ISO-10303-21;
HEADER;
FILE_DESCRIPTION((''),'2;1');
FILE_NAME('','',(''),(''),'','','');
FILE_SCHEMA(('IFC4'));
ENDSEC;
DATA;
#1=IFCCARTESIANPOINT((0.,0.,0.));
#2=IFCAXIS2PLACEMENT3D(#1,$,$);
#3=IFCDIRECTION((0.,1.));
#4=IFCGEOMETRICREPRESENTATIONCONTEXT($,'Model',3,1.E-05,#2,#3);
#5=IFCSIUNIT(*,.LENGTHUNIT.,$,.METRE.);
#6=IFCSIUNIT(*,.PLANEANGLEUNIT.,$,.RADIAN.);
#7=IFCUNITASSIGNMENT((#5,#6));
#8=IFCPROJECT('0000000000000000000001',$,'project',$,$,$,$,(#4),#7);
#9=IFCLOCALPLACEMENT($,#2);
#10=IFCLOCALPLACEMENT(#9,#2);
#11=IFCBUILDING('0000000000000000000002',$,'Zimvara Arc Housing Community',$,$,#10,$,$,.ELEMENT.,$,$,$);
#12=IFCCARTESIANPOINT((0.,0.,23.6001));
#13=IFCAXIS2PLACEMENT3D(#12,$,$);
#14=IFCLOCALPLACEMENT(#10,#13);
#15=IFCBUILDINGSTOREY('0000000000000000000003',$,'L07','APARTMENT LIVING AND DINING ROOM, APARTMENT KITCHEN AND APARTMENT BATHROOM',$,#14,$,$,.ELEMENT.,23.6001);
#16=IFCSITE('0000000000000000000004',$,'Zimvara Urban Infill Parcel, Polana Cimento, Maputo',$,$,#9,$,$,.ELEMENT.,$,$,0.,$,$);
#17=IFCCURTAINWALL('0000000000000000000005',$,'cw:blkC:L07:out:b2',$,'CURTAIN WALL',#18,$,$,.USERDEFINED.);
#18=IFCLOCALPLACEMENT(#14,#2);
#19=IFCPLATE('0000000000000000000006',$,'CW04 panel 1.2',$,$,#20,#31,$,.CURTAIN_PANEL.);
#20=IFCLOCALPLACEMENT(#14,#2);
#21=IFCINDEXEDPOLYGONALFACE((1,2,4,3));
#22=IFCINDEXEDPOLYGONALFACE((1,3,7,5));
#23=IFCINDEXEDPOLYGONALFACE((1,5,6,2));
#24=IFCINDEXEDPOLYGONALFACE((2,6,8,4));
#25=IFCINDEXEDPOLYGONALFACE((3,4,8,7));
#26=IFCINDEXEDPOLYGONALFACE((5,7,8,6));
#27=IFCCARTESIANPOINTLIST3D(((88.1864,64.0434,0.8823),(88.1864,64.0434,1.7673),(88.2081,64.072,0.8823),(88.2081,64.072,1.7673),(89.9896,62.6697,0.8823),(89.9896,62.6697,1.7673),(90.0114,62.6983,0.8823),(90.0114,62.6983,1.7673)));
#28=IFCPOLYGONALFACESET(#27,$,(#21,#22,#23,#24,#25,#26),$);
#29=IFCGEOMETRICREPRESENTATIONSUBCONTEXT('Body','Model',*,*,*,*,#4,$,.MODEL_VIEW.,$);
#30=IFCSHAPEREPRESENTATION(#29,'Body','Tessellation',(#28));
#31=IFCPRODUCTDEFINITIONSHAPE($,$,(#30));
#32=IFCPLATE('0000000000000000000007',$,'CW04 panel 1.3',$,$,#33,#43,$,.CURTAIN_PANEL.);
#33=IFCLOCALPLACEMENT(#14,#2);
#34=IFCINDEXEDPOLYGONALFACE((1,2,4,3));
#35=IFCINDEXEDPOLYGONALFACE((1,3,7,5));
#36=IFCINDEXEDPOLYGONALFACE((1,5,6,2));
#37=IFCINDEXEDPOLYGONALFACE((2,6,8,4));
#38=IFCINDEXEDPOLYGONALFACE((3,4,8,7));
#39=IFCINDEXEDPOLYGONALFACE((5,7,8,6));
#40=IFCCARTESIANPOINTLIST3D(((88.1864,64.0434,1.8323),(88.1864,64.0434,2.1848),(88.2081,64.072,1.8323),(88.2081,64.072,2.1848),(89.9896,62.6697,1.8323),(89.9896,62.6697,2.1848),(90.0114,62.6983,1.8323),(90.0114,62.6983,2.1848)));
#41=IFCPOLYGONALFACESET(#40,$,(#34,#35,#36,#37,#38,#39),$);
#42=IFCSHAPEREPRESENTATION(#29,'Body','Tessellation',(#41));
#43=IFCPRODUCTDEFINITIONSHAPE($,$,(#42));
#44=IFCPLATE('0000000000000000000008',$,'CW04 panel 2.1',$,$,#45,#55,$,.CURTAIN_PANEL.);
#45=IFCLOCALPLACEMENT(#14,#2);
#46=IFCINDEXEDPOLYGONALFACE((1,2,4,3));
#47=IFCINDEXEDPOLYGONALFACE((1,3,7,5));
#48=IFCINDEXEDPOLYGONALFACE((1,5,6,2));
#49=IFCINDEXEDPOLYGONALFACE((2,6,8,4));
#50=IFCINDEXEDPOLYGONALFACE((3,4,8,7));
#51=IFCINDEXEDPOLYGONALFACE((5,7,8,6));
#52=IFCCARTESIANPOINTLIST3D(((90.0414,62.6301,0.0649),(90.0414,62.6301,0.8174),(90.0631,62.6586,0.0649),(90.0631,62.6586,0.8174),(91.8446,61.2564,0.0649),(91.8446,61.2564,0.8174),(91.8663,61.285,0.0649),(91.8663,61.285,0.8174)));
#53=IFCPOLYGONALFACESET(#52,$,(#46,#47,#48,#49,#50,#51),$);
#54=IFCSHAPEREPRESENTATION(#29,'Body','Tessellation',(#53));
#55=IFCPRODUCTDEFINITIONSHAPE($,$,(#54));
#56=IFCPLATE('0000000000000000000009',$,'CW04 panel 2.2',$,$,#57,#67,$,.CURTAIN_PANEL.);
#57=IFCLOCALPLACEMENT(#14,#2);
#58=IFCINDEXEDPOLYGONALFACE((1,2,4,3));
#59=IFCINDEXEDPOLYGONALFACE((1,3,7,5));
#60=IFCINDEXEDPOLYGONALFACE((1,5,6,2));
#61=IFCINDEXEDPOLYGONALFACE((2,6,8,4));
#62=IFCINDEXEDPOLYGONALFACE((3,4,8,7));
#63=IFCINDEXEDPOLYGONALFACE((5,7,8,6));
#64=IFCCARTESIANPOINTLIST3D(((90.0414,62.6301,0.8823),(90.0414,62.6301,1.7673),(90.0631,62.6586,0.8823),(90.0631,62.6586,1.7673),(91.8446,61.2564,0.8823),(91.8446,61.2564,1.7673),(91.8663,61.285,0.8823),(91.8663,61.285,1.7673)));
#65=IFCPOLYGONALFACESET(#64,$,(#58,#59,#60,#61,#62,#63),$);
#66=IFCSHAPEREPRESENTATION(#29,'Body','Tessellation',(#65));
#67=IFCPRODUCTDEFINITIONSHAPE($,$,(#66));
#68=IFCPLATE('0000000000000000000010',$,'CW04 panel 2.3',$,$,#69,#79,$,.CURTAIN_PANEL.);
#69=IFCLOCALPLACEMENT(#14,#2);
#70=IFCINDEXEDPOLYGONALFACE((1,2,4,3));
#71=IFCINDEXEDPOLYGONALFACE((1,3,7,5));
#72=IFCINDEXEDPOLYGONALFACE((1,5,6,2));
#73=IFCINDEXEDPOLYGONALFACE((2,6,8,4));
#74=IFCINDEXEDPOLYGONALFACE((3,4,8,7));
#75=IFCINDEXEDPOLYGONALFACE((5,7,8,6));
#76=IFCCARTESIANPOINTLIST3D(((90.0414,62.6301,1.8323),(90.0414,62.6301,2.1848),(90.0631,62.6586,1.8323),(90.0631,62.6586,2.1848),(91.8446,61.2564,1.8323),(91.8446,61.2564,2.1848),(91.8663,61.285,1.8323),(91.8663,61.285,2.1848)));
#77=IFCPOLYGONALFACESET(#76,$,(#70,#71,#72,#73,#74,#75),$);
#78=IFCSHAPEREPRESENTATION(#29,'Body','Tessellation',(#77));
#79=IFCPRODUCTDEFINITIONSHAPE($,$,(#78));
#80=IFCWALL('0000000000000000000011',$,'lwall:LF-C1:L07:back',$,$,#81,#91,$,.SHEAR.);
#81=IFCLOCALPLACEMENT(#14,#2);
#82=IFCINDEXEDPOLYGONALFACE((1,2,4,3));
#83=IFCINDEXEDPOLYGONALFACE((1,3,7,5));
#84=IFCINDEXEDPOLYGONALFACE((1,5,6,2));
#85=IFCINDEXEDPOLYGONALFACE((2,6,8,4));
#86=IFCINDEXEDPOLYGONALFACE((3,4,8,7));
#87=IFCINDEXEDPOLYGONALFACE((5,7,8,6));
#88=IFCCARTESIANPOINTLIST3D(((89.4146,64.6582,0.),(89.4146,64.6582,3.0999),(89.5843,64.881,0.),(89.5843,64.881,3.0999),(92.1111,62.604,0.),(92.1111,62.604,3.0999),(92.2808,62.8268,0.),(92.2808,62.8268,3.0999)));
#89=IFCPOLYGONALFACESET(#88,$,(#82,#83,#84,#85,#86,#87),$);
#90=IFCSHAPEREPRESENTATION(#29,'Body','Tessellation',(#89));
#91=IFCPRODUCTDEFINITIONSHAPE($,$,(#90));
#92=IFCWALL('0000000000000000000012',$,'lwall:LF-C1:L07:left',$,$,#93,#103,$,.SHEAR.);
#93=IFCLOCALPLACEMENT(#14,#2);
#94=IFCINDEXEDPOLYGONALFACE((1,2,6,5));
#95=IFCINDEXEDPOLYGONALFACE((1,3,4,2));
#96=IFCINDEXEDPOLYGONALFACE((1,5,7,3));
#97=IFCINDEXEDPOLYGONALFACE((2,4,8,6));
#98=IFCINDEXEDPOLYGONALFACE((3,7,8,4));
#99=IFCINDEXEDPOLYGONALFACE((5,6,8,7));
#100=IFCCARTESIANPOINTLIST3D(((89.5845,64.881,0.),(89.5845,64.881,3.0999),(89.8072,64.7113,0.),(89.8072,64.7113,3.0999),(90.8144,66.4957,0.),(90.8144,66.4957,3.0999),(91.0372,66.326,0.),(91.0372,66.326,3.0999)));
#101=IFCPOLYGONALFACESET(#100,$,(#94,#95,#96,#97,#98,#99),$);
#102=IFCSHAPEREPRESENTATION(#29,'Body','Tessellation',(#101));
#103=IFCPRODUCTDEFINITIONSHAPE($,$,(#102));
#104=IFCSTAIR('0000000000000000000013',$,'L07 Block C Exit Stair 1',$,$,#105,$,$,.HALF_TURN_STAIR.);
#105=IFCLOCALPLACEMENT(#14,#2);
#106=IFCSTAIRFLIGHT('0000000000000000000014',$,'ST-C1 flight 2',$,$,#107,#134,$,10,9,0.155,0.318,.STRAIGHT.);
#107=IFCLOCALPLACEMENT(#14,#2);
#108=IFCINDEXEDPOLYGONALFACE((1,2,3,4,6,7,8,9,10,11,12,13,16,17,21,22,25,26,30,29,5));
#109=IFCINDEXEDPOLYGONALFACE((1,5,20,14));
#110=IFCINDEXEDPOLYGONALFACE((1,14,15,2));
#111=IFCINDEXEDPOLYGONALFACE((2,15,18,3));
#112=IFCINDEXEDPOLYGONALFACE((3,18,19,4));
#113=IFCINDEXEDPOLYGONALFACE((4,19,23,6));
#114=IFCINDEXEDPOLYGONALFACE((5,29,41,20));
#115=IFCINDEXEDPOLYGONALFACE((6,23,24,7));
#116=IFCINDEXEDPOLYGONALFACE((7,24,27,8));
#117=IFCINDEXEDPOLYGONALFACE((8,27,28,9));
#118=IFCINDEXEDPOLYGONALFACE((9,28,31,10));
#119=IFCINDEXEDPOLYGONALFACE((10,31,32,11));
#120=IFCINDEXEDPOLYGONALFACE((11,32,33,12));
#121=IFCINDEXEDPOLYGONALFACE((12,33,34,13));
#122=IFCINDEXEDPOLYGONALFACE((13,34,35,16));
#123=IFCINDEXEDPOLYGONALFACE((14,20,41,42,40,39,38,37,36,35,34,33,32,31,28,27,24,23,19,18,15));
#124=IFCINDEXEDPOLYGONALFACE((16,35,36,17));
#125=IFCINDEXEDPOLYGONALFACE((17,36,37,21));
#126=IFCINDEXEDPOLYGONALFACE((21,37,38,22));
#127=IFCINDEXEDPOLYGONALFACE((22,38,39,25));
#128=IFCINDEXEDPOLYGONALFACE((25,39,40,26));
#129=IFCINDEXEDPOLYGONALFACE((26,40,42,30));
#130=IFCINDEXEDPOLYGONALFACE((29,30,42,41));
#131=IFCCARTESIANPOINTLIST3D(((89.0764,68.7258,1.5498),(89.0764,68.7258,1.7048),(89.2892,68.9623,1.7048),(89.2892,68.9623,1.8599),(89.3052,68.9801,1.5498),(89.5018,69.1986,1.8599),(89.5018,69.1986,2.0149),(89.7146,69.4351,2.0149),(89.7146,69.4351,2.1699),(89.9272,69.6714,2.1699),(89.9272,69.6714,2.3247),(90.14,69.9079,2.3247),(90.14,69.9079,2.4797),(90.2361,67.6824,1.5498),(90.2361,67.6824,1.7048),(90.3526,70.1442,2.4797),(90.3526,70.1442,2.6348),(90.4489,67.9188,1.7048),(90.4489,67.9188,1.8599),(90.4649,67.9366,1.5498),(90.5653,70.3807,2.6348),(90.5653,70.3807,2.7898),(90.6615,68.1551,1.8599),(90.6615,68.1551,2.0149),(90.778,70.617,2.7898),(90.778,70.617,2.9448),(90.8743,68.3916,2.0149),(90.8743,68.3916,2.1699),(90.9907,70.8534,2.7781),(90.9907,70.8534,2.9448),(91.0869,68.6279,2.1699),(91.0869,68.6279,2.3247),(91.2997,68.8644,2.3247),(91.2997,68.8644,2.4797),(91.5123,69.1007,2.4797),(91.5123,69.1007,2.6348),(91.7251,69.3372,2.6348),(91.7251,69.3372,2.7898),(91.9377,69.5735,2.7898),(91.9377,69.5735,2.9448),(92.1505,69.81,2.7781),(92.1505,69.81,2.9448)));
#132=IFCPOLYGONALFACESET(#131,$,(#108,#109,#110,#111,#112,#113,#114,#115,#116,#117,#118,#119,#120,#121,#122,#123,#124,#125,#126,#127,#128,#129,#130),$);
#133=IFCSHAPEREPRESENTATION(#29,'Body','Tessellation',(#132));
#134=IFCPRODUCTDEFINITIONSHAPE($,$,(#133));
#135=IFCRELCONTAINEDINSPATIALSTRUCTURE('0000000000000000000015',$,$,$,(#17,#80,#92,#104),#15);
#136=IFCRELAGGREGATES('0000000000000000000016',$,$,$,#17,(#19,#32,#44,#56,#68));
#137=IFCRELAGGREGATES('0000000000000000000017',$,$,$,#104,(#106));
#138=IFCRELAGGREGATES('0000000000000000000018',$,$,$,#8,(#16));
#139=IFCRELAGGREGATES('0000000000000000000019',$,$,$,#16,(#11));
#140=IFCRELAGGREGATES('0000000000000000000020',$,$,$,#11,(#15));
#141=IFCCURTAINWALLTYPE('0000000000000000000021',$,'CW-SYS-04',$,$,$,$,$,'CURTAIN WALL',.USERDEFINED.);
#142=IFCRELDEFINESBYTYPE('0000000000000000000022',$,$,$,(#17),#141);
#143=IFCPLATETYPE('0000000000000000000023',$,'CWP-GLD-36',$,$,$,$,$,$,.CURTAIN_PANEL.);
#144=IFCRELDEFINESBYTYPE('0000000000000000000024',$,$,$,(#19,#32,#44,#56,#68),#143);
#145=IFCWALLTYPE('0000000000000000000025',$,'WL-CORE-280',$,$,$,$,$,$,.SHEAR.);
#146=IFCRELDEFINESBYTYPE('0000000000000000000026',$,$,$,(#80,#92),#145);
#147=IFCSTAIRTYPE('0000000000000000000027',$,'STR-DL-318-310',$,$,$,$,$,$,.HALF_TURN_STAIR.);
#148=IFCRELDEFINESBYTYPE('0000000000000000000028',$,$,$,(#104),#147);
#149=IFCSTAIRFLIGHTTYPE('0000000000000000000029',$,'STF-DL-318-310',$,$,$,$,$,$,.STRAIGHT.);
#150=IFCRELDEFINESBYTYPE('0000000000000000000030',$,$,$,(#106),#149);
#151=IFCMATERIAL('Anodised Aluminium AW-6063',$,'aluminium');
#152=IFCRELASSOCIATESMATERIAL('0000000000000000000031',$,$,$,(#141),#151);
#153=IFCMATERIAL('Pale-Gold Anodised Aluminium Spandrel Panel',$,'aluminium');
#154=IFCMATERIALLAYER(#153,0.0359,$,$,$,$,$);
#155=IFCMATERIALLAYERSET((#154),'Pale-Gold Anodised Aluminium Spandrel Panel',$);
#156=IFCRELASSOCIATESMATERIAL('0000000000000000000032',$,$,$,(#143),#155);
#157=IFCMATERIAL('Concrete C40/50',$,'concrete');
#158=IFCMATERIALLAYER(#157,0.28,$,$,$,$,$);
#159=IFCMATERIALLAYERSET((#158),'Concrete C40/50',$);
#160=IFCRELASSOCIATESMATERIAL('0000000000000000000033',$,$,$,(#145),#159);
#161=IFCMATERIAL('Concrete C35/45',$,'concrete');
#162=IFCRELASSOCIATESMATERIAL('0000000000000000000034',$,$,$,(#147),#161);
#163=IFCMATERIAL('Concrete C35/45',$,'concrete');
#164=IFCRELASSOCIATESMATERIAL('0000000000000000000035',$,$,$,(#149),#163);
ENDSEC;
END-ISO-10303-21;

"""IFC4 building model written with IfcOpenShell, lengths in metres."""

from ifc_helpers import new_model, si_unit, direction, frame, frame_2d, origin, origin_2d, place, context, subcontext, project, spatial, polyline, rectangle, outline, extrude, material, layer, layer_set, type_object, element, aggregate, save


model = new_model("IFC4")

# Units and contexts
model_context = context("Model", 3, precision=1e-05, world=origin(), true_north=direction((0.0, 1.0)))
body_context = subcontext(model_context, "Body", "Model", "MODEL_VIEW")
ifc_project = project(units=[si_unit("LENGTHUNIT", "METRE"), si_unit("PLANEANGLEUNIT", "RADIAN")], contexts=[model_context])

# Site, building, storey
site_placement = place(None, origin())
site = spatial("IfcSite", under=ifc_project, at=site_placement, Name="Zimvara Urban Infill Parcel, Polana Cimento, Maputo", CompositionType="ELEMENT", RefElevation=0.0)
building_placement = place(site_placement, origin())
building = spatial("IfcBuilding", under=site, at=building_placement, Name="Zimvara Arc Housing Community", CompositionType="ELEMENT")
storey_placement = place(building_placement, frame((0.0, 0.0, 23.6001)))
storey = spatial("IfcBuildingStorey", under=building, at=storey_placement, Name="L07", Description="APARTMENT LIVING AND DINING ROOM, APARTMENT KITCHEN AND APARTMENT BATHROOM", CompositionType="ELEMENT", Elevation=23.6001)

# Curtain wall, plates
ifc_material_1 = material(Name="Anodised Aluminium AW-6063", Category="aluminium")
curtain_wall_type = type_object("IfcCurtainWallType", Name="CW-SYS-04", ElementType="CURTAIN WALL", PredefinedType="USERDEFINED", material=ifc_material_1)
curtain_wall_placement = place(storey_placement, origin())
curtain_wall = element("IfcCurtainWall", 1, at=curtain_wall_placement, inside=storey, type_object=curtain_wall_type, Name="cw:blkC:L07:out:b2", ObjectType="CURTAIN WALL", PredefinedType="USERDEFINED")
ifc_material_2 = material(Name="Pale-Gold Anodised Aluminium Spandrel Panel", Category="aluminium")
ifc_layer_1 = layer(ifc_material_2, 0.0359)
ifc_layer_set_1 = layer_set([ifc_layer_1], Name="Pale-Gold Anodised Aluminium Spandrel Panel")
plate_type = type_object("IfcPlateType", Name="CWP-GLD-36", PredefinedType="CURTAIN_PANEL", material=ifc_layer_set_1)
plate_1_placement = place(storey_placement, frame((89.0989, 63.3708, 0.8823), z_axis=(0.0, 0.0, 1.0), x_axis=(0.795474, -0.605988, 0.0)))
plate_1 = element("IfcPlate", 2, at=plate_1_placement, type_object=plate_type, Name="CW04 panel 1.2", PredefinedType="CURTAIN_PANEL", context=body_context, shape_type="SweptSolid", body=[
    extrude(rectangle(XDim=2.2668, YDim=0.0359, at=origin_2d()), origin(), (0.0, 0.0, 1.0), 0.885),
])
plate_2_placement = place(storey_placement, frame((89.0989, 63.3708, 1.8323), z_axis=(0.0, 0.0, 1.0), x_axis=(0.795474, -0.605988, 0.0)))
plate_2 = element("IfcPlate", 3, at=plate_2_placement, type_object=plate_type, Name="CW04 panel 1.3", PredefinedType="CURTAIN_PANEL", context=body_context, shape_type="SweptSolid", body=[
    extrude(rectangle(XDim=2.2668, YDim=0.0359, at=origin_2d()), origin(), (0.0, 0.0, 1.0), 0.3525),
])
plate_3_placement = place(storey_placement, frame((90.9539, 61.9575, 0.0649), z_axis=(0.0, 0.0, 1.0), x_axis=(0.795474, -0.605988, 0.0)))
plate_3 = element("IfcPlate", 4, at=plate_3_placement, type_object=plate_type, Name="CW04 panel 2.1", PredefinedType="CURTAIN_PANEL", context=body_context, shape_type="SweptSolid", body=[
    extrude(rectangle(XDim=2.2668, YDim=0.0359, at=origin_2d()), origin(), (0.0, 0.0, 1.0), 0.7524),
])
plate_4_placement = place(storey_placement, frame((90.9539, 61.9575, 0.8823), z_axis=(0.0, 0.0, 1.0), x_axis=(0.795474, -0.605988, 0.0)))
plate_4 = element("IfcPlate", 5, at=plate_4_placement, type_object=plate_type, Name="CW04 panel 2.2", PredefinedType="CURTAIN_PANEL", context=body_context, shape_type="SweptSolid", body=[
    extrude(rectangle(XDim=2.2668, YDim=0.0359, at=origin_2d()), origin(), (0.0, 0.0, 1.0), 0.885),
])
plate_5_placement = place(storey_placement, frame((90.9539, 61.9575, 1.8323), z_axis=(0.0, 0.0, 1.0), x_axis=(0.795474, -0.605988, 0.0)))
plate_5 = element("IfcPlate", 6, at=plate_5_placement, type_object=plate_type, Name="CW04 panel 2.3", PredefinedType="CURTAIN_PANEL", context=body_context, shape_type="SweptSolid", body=[
    extrude(rectangle(XDim=2.2668, YDim=0.0359, at=origin_2d()), origin(), (0.0, 0.0, 1.0), 0.3525),
])
aggregate(curtain_wall, [plate_1, plate_2, plate_3, plate_4, plate_5])

# Shared definitions
ifc_material_3 = material(Name="Concrete C40/50", Category="concrete")
ifc_layer_2 = layer(ifc_material_3, 0.28)
ifc_layer_set_2 = layer_set([ifc_layer_2], Name="Concrete C40/50")
wall_type = type_object("IfcWallType", Name="WL-CORE-280", PredefinedType="SHEAR", material=ifc_layer_set_2)

# Walls
wall_1_placement = place(storey_placement, frame((89.4995, 64.7695, 0.0), z_axis=(0.0, 0.0, 1.0), x_axis=(0.795475, -0.605987, 0.0)))
element("IfcWall", 7, at=wall_1_placement, inside=storey, type_object=wall_type, Name="lwall:LF-C1:L07:back", PredefinedType="SHEAR", context=body_context, shape_type="SweptSolid", body=[
    extrude(rectangle(XDim=3.3899, YDim=0.28, at=frame_2d((1.6948, 0.0))), origin(), (0.0, 0.0, 1.0), 3.0999),
])
wall_2_placement = place(storey_placement, frame((90.9258, 66.4109, 0.0), z_axis=(0.0, 0.0, 1.0), x_axis=(-0.605949, -0.795504, 0.0)))
element("IfcWall", 8, at=wall_2_placement, inside=storey, type_object=wall_type, Name="lwall:LF-C1:L07:left", PredefinedType="SHEAR", context=body_context, shape_type="SweptSolid", body=[
    extrude(rectangle(XDim=2.0298, YDim=0.28, at=frame_2d((1.0149, 0.0))), origin(), (0.0, 0.0, 1.0), 3.0999),
])

# Stair, stair flight
ifc_material_4 = material(Name="Concrete C35/45", Category="concrete")
stair_type = type_object("IfcStairType", Name="STR-DL-318-310", PredefinedType="HALF_TURN_STAIR", material=ifc_material_4)
stair_placement = place(storey_placement, origin())
stair = element("IfcStair", 9, at=stair_placement, inside=storey, type_object=stair_type, Name="L07 Block C Exit Stair 1", PredefinedType="HALF_TURN_STAIR")
ifc_material_5 = material(Name="Concrete C35/45", Category="concrete")
stair_flight_type = type_object("IfcStairFlightType", Name="STF-DL-318-310", PredefinedType="STRAIGHT", material=ifc_material_5)
stair_flight_placement = place(storey_placement, frame((89.6562, 68.2041, 1.5498), z_axis=(0.0, 0.0, 1.0), x_axis=(0.668871, 0.743378, 0.0)))
stair_flight = element("IfcStairFlight", 10, at=stair_flight_placement, type_object=stair_flight_type, Name="ST-C1 flight 2", NumberOfRisers=10, NumberOfTreads=9, PredefinedType="STRAIGHT", RiserHeight=0.155, TreadLength=0.318, context=body_context, shape_type="SweptSolid", body=[
    extrude(outline(polyline([(0.0, 0.0), (0.0, 0.155), (0.3181, 0.155), (0.3181, 0.3101), (0.636, 0.3101), (0.636, 0.4651), (0.9541, 0.4651), (0.9541, 0.6201), (1.272, 0.6201), (1.272, 0.7749), (1.5901, 0.7749), (1.5901, 0.9299), (1.908, 0.9299), (1.908, 1.085), (2.2261, 1.085), (2.2261, 1.24), (2.5439, 1.24), (2.5439, 1.395), (2.8621, 1.395), (2.8621, 1.55), (2.8621, 1.2283), (0.342, 0.0), (0.0, 0.0)])), frame((0.0, 0.78, 0.0), z_axis=(0.0, -1.0, 0.0), x_axis=(1.0, 0.0, 0.0)), (0.0, 0.0, 1.0), 1.5601),
])
aggregate(stair, [stair_flight])

save(model, "model.ifc")
